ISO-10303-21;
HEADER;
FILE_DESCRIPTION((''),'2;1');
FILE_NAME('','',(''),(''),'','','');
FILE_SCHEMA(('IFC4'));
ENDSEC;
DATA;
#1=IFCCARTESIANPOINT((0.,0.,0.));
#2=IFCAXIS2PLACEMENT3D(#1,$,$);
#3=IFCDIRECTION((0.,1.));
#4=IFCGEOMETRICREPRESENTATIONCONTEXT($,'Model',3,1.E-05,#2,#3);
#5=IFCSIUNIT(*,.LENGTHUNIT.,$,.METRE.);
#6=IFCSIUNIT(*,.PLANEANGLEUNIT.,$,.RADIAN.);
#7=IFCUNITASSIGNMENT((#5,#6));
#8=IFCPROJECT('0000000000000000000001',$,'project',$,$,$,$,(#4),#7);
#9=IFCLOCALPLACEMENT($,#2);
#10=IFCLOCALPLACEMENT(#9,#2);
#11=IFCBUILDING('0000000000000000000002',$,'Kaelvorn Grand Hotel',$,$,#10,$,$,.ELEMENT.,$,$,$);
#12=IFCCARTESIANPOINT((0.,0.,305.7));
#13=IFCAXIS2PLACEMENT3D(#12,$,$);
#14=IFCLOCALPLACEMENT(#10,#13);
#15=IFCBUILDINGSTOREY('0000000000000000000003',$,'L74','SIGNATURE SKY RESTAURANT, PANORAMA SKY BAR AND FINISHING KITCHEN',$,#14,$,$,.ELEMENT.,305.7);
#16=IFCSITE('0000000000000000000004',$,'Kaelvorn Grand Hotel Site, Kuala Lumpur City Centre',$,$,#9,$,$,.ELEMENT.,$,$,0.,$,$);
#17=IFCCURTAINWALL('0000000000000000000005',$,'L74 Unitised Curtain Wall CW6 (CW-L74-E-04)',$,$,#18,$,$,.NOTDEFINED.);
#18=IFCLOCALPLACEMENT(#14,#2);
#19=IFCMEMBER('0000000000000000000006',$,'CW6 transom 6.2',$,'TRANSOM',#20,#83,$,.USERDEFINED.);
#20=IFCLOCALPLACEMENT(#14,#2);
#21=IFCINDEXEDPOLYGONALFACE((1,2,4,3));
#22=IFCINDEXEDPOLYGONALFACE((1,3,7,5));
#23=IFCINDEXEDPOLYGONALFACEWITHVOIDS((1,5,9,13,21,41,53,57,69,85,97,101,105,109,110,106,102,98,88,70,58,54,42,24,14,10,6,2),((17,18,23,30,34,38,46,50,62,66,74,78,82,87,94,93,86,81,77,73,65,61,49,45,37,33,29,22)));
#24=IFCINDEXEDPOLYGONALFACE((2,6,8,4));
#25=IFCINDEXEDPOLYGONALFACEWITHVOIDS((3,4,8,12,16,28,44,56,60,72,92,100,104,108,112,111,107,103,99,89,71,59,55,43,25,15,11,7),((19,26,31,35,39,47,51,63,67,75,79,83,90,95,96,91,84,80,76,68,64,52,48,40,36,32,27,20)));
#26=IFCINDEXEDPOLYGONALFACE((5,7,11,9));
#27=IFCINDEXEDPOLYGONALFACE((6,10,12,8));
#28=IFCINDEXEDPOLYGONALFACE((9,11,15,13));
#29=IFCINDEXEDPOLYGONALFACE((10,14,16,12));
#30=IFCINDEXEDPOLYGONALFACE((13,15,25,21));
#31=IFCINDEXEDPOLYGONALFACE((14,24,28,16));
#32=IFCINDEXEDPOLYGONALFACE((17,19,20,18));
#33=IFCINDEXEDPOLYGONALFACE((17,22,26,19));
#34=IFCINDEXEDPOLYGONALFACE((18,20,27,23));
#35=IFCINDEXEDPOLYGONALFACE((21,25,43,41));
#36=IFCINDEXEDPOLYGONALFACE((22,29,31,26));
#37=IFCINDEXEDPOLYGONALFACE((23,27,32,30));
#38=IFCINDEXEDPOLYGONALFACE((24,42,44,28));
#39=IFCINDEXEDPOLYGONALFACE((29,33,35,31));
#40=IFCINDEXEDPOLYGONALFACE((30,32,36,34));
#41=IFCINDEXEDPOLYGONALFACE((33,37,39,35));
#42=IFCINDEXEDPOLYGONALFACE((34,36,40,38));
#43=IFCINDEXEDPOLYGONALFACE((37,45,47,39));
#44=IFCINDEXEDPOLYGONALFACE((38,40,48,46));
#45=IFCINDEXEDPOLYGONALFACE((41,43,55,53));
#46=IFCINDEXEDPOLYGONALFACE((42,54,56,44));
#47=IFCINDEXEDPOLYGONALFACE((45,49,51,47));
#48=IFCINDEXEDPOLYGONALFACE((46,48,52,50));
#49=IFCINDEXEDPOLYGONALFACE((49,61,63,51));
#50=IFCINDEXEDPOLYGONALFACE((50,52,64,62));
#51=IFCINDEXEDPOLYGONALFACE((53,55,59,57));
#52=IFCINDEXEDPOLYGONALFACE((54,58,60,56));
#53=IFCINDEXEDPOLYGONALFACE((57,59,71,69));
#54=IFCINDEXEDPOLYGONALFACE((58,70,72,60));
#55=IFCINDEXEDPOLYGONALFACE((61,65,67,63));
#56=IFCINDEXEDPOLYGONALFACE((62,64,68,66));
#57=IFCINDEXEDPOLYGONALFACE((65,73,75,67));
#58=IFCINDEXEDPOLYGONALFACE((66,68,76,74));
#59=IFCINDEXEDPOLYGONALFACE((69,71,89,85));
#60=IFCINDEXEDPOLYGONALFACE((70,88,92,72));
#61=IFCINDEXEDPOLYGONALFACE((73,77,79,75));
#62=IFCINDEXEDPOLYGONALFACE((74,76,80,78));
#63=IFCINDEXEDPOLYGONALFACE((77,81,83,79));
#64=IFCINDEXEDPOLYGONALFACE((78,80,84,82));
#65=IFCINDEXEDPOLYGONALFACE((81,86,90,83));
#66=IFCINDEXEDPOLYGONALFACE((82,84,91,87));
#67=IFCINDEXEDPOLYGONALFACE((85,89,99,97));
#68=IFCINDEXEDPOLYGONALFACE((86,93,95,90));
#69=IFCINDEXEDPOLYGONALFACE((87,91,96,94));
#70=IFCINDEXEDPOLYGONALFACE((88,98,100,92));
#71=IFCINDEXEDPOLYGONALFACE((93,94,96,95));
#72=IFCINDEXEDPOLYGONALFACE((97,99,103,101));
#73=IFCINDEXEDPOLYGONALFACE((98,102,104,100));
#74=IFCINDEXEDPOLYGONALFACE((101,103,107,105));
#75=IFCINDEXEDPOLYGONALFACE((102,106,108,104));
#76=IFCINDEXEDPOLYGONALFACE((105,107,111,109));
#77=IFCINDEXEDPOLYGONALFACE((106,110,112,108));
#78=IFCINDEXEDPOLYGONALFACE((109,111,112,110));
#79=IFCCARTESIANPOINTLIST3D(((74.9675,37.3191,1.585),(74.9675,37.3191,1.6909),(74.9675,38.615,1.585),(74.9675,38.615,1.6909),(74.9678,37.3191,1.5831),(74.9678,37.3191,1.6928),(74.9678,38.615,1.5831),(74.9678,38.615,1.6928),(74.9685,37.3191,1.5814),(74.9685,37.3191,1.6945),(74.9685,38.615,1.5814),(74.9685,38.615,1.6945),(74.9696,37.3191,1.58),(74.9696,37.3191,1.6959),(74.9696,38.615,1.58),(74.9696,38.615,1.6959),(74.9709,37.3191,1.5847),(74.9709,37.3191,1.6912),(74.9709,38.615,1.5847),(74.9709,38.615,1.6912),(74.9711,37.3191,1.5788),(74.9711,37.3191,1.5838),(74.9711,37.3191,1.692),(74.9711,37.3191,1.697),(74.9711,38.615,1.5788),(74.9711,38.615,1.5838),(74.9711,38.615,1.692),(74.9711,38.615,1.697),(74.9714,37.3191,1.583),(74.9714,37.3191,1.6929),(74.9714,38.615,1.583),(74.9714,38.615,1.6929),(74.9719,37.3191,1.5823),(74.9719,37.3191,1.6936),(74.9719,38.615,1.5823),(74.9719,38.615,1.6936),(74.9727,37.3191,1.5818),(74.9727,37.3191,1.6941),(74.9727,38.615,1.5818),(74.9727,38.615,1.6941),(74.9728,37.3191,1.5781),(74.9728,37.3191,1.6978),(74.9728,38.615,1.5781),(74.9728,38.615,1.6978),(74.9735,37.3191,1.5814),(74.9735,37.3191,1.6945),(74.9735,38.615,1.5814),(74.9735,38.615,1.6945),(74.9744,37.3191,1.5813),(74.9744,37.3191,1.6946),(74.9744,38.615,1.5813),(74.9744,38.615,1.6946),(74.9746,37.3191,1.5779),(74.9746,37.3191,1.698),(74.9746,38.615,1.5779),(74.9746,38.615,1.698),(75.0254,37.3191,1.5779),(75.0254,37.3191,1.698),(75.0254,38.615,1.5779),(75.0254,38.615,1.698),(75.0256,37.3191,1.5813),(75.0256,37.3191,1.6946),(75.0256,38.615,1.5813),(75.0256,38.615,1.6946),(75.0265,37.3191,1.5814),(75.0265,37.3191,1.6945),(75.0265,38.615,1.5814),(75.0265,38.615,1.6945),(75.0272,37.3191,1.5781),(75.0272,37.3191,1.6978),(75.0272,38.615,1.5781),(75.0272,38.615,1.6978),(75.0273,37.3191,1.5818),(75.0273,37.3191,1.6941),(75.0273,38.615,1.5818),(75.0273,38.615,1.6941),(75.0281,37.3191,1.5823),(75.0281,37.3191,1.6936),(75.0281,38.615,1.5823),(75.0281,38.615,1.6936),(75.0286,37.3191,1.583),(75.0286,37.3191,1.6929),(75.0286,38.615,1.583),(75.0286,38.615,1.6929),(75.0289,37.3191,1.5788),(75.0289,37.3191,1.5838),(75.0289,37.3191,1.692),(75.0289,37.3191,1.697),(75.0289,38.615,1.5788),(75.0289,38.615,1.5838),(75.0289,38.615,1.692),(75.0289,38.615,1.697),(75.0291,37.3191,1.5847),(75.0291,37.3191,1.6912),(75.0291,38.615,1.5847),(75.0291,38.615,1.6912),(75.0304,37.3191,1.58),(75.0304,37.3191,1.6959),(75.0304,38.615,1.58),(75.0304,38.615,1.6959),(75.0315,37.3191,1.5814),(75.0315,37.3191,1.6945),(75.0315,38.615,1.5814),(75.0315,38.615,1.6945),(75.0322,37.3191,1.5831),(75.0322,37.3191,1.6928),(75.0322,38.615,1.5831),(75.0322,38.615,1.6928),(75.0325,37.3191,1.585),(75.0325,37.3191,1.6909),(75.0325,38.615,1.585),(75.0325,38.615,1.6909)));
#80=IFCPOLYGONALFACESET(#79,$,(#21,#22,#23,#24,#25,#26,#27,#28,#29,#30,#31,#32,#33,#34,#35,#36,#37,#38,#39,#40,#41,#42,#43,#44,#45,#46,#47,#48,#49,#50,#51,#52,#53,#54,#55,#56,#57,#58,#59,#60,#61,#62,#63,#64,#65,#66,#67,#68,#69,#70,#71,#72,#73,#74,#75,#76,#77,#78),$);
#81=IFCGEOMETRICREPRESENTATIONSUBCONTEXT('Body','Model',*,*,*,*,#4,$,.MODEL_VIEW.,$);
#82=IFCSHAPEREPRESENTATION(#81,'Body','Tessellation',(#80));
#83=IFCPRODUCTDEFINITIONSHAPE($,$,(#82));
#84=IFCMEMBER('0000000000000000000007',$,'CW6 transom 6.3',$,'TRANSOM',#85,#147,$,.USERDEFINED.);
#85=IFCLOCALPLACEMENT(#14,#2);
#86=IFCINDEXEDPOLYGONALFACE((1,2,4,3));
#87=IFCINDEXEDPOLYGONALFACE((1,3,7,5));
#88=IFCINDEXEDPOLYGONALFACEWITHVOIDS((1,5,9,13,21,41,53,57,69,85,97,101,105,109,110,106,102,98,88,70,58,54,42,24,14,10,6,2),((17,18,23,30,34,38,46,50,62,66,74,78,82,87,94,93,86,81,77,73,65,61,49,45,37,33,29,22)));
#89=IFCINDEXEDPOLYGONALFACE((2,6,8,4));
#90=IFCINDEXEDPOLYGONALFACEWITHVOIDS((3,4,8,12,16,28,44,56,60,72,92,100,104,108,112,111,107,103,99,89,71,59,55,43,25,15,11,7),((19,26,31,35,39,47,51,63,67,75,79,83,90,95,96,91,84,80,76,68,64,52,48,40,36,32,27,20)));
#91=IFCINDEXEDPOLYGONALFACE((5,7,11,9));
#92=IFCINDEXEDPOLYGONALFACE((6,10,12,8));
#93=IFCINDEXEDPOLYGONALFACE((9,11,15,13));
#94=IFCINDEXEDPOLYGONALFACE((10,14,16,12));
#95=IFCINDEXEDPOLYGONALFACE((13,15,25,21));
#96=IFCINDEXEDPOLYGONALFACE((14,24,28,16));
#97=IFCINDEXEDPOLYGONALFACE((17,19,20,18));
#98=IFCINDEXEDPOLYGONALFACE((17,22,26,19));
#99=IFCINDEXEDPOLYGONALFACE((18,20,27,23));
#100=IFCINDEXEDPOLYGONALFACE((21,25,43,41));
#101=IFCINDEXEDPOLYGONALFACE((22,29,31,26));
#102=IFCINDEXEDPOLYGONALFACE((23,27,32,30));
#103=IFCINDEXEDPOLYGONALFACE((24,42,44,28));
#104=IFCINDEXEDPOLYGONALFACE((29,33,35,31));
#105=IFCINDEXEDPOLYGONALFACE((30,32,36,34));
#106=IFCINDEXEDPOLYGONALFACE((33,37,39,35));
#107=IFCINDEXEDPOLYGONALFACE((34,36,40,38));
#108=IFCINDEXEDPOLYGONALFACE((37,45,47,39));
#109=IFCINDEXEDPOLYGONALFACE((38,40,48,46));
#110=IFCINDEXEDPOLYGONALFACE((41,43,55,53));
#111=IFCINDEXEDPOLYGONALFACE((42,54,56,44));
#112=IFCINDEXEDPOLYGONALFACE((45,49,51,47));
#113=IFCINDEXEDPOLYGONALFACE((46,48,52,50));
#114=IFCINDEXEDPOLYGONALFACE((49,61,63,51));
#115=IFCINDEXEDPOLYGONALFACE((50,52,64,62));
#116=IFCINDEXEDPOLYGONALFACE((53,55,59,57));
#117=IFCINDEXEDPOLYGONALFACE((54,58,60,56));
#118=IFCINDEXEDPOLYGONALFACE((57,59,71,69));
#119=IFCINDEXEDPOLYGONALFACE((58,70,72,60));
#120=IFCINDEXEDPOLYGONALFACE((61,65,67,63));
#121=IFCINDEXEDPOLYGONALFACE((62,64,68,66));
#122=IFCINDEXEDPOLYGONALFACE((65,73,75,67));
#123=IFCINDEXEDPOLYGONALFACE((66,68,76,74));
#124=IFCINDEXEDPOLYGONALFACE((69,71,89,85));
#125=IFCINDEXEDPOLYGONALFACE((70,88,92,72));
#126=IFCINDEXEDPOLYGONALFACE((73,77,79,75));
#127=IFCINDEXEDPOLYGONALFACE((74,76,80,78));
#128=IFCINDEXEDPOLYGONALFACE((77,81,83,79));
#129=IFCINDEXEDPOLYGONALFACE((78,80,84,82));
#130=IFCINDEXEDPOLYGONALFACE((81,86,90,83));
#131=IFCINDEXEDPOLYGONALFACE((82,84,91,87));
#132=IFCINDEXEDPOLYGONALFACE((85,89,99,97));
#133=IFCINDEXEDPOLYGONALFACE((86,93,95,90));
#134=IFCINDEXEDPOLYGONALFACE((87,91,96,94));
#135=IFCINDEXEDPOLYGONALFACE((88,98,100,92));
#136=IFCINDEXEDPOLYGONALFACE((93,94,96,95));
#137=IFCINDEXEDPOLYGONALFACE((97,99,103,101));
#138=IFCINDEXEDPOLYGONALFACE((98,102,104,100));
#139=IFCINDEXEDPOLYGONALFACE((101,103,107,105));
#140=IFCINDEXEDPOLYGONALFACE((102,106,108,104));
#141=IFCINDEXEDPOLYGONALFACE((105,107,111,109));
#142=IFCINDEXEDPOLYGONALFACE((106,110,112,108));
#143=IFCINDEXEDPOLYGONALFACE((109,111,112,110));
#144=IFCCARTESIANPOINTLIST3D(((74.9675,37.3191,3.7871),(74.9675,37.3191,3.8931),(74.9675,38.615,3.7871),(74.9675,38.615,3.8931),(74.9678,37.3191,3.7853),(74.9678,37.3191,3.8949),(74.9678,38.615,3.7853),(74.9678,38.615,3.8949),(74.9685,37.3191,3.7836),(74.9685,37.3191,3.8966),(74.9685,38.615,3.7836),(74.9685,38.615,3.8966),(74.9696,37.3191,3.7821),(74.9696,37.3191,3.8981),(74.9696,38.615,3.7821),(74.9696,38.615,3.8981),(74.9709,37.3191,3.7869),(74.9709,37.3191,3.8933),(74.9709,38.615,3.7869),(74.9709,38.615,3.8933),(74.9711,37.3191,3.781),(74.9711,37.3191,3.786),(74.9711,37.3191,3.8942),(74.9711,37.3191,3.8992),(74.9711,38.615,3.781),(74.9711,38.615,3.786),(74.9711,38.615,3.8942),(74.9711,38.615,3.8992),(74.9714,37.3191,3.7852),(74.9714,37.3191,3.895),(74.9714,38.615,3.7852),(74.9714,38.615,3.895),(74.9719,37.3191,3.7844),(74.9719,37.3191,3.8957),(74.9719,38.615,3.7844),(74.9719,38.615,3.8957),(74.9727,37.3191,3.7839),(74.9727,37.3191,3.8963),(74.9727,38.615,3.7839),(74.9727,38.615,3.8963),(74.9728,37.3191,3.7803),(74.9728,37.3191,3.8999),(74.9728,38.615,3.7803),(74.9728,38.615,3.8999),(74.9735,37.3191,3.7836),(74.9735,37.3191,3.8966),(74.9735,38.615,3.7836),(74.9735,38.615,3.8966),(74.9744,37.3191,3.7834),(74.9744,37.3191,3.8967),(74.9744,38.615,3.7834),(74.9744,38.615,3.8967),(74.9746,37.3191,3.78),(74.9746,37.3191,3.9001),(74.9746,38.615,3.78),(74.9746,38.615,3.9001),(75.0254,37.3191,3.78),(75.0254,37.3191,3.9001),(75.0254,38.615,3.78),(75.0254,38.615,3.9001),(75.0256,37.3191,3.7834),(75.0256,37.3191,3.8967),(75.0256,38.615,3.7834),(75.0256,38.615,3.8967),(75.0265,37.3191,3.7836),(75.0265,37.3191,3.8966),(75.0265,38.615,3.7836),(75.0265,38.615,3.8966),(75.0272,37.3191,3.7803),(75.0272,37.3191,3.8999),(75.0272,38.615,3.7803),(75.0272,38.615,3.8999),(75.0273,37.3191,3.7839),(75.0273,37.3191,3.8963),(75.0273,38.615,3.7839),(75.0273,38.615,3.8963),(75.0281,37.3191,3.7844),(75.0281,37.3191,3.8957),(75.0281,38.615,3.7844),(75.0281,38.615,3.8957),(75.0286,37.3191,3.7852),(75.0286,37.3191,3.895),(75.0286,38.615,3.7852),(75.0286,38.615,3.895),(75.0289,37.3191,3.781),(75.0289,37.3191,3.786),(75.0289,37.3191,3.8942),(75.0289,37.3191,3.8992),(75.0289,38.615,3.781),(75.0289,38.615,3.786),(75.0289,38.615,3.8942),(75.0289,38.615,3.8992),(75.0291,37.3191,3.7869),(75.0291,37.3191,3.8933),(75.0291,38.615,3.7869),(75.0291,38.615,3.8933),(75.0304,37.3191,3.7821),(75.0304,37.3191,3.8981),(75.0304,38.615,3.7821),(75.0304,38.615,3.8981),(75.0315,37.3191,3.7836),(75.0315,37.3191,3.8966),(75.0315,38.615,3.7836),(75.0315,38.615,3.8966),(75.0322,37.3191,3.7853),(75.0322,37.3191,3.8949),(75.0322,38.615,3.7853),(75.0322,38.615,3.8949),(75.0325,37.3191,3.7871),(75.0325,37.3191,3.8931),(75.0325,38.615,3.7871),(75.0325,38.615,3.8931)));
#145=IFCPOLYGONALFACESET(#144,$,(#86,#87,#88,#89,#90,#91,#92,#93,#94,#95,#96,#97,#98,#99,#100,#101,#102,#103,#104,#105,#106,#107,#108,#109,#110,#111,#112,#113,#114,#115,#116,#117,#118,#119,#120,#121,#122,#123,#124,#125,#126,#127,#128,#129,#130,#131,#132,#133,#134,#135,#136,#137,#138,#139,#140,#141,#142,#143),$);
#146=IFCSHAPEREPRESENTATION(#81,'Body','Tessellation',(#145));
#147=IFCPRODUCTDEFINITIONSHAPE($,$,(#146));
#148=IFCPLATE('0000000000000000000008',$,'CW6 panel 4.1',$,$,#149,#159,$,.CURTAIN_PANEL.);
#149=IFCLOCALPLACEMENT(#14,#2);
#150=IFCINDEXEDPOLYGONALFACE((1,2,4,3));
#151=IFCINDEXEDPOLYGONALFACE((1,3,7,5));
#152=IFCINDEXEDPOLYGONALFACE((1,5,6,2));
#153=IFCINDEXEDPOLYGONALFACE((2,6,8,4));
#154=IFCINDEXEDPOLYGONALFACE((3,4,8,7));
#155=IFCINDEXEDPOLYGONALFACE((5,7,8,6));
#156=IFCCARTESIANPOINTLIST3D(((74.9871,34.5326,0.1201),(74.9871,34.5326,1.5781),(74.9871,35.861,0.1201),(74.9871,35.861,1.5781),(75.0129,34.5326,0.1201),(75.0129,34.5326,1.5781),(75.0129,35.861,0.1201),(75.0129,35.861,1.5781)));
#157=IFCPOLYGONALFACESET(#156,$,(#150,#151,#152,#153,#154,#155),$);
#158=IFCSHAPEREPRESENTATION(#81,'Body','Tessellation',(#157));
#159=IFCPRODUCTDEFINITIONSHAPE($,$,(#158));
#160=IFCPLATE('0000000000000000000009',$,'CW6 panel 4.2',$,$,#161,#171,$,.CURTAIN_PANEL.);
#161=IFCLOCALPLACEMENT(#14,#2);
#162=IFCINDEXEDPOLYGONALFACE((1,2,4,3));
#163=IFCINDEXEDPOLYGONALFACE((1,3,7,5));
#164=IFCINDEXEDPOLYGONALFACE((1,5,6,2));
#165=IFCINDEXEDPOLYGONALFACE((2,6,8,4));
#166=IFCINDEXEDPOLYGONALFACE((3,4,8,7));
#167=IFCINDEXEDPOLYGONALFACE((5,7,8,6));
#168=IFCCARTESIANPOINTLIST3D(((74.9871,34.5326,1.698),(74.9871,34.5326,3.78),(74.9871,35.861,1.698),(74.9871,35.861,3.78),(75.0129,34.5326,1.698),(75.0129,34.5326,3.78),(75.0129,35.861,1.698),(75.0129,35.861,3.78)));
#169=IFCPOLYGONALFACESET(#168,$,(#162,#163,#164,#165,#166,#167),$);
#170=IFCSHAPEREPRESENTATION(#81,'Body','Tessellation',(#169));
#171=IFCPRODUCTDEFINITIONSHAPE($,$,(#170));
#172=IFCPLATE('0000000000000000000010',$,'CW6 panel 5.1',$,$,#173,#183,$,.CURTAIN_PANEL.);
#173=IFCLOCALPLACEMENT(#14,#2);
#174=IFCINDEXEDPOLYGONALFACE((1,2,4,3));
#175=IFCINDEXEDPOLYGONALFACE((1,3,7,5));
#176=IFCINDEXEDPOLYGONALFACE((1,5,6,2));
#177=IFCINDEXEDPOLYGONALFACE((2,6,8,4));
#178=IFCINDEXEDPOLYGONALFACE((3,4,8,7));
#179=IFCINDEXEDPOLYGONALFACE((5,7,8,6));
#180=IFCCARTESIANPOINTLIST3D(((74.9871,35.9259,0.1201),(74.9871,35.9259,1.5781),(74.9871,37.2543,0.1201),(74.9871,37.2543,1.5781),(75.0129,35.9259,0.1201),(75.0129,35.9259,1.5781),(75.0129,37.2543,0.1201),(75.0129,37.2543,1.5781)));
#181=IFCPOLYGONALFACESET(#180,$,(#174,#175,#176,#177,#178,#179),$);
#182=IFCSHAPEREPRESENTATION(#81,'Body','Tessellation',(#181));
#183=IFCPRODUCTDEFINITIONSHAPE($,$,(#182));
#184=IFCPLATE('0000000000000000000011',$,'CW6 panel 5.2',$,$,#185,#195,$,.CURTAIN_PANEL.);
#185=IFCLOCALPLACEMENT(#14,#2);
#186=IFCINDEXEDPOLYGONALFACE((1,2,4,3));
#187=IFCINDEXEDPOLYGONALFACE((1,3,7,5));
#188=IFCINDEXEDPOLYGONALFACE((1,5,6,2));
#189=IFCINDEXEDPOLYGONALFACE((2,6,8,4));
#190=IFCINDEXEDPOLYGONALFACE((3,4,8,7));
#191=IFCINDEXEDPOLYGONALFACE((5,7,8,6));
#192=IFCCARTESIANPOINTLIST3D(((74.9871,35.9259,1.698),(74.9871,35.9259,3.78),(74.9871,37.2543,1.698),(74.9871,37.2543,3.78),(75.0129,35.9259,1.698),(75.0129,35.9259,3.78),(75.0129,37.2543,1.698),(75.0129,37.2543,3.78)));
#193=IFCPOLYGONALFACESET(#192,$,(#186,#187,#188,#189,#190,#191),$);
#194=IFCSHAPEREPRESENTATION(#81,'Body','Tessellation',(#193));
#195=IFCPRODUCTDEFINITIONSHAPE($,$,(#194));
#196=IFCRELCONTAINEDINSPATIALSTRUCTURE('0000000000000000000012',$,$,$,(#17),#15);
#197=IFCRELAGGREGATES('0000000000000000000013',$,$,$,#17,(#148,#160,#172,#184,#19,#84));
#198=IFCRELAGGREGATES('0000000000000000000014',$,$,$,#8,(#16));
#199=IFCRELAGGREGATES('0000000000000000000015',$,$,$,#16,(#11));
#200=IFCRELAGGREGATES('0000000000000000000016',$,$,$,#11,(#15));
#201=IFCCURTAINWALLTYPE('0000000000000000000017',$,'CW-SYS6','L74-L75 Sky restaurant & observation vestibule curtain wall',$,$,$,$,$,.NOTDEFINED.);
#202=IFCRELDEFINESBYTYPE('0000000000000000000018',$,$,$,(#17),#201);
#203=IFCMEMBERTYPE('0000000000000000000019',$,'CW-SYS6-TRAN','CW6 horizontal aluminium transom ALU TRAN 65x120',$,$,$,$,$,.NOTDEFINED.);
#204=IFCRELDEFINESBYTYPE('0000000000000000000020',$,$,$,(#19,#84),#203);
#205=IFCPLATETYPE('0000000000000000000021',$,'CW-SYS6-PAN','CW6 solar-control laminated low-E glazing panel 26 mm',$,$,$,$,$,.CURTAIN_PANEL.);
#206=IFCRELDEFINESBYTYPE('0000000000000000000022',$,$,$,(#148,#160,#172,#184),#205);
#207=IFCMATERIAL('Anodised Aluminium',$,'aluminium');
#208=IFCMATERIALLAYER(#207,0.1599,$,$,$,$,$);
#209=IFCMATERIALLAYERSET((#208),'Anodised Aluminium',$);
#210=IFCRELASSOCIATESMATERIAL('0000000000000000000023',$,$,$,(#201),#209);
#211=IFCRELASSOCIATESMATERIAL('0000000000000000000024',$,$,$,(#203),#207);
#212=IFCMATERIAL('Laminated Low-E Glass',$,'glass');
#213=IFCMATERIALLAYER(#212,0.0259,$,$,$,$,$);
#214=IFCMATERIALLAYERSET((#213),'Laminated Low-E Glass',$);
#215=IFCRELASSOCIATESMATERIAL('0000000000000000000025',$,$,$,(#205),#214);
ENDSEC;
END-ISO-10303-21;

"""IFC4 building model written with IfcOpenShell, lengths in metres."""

from ifc_helpers import new_model, si_unit, direction, frame, origin, origin_2d, place, context, subcontext, project, spatial, rectangle, hollow_rectangle, extrude, material, layer, layer_set, material_profile, profile_set, type_object, element, aggregate, save


model = new_model("IFC4")

# Units and contexts
model_context = context("Model", 3, precision=1e-05, world=origin(), true_north=direction((0.0, 1.0)))
body_context = subcontext(model_context, "Body", "Model", "MODEL_VIEW")
ifc_project = project(units=[si_unit("LENGTHUNIT", "METRE"), si_unit("PLANEANGLEUNIT", "RADIAN")], contexts=[model_context])

# Site, building, storey
site_placement = place(None, origin())
site = spatial("IfcSite", under=ifc_project, at=site_placement, Name="Kaelvorn Grand Hotel Site, Kuala Lumpur City Centre", CompositionType="ELEMENT", RefElevation=0.0)
building_placement = place(site_placement, origin())
building = spatial("IfcBuilding", under=site, at=building_placement, Name="Kaelvorn Grand Hotel", CompositionType="ELEMENT")
storey_placement = place(building_placement, frame((0.0, 0.0, 305.7)))
storey = spatial("IfcBuildingStorey", under=building, at=storey_placement, Name="L74", Description="SIGNATURE SKY RESTAURANT, PANORAMA SKY BAR AND FINISHING KITCHEN", CompositionType="ELEMENT", Elevation=305.7)

# Curtain wall
ifc_material_1 = material(Name="Anodised Aluminium", Category="aluminium")
ifc_layer_1 = layer(ifc_material_1, 0.1599)
ifc_layer_set_1 = layer_set([ifc_layer_1], Name="Anodised Aluminium")
curtain_wall_type = type_object("IfcCurtainWallType", Name="CW-SYS6", Description="L74-L75 Sky restaurant & observation vestibule curtain wall", PredefinedType="NOTDEFINED", material=ifc_layer_set_1)
curtain_wall_1_placement = place(storey_placement, origin())
curtain_wall_1 = element("IfcCurtainWall", 1, at=curtain_wall_1_placement, inside=storey, type_object=curtain_wall_type, Name="L74 Unitised Curtain Wall CW6 (CW-L74-E-04)", PredefinedType="NOTDEFINED")

# Members
ifc_material_profile_1 = material_profile(ifc_material_1, hollow_rectangle(XDim=0.0649, YDim=0.1201, WallThickness=0.0034, InnerFilletRadius=0.0034, OuterFilletRadius=0.0071, at=origin_2d()), Name="ALU TRAN 65x120")
ifc_profile_set_1 = profile_set([ifc_material_profile_1], Name="Anodised Aluminium")
member_type_1 = type_object("IfcMemberType", Name="CW-SYS6-TRAN", Description="CW6 horizontal aluminium transom ALU TRAN 65x120", PredefinedType="NOTDEFINED", material=ifc_profile_set_1)
member_1_placement = place(storey_placement, frame((75.0, 37.3191, 1.6379), z_axis=(0.0, 1.0, 0.0), x_axis=(-1.0, 0.0, 0.0)))
member_1 = element("IfcMember", 2, at=member_1_placement, type_object=member_type_1, Name="CW6 transom 6.2", ObjectType="TRANSOM", PredefinedType="USERDEFINED", context=body_context, shape_type="SweptSolid", body=[
    extrude(hollow_rectangle(XDim=0.0649, YDim=0.1201, WallThickness=0.0034, InnerFilletRadius=0.0034, OuterFilletRadius=0.0071, at=origin_2d()), origin(), (0.0, 0.0, 1.0), 1.2959),
])
member_2_placement = place(storey_placement, frame((75.0, 37.3191, 3.8401), z_axis=(0.0, 1.0, 0.0), x_axis=(-1.0, 0.0, 0.0)))
member_2 = element("IfcMember", 3, at=member_2_placement, type_object=member_type_1, Name="CW6 transom 6.3", ObjectType="TRANSOM", PredefinedType="USERDEFINED", context=body_context, shape_type="SweptSolid", body=[
    extrude(hollow_rectangle(XDim=0.0649, YDim=0.1201, WallThickness=0.0034, InnerFilletRadius=0.0034, OuterFilletRadius=0.0071, at=origin_2d()), origin(), (0.0, 0.0, 1.0), 1.2959),
])

# Plates
ifc_material_2 = material(Name="Laminated Low-E Glass", Category="glass")
ifc_layer_2 = layer(ifc_material_2, 0.0259)
ifc_layer_set_2 = layer_set([ifc_layer_2], Name="Laminated Low-E Glass")
plate_type = type_object("IfcPlateType", Name="CW-SYS6-PAN", Description="CW6 solar-control laminated low-E glazing panel 26 mm", PredefinedType="CURTAIN_PANEL", material=ifc_layer_set_2)
plate_1_placement = place(storey_placement, frame((75.0, 35.1968, 0.1201), z_axis=(0.0, 0.0, 1.0), x_axis=(0.0, 1.0, 0.0)))
plate_1 = element("IfcPlate", 4, at=plate_1_placement, type_object=plate_type, Name="CW6 panel 4.1", PredefinedType="CURTAIN_PANEL", context=body_context, shape_type="SweptSolid", body=[
    extrude(rectangle(XDim=1.3284, YDim=0.0259, at=origin_2d()), origin(), (0.0, 0.0, 1.0), 1.458),
])
plate_2_placement = place(storey_placement, frame((75.0, 35.1968, 1.698), z_axis=(0.0, 0.0, 1.0), x_axis=(0.0, 1.0, 0.0)))
plate_2 = element("IfcPlate", 5, at=plate_2_placement, type_object=plate_type, Name="CW6 panel 4.2", PredefinedType="CURTAIN_PANEL", context=body_context, shape_type="SweptSolid", body=[
    extrude(rectangle(XDim=1.3284, YDim=0.0259, at=origin_2d()), origin(), (0.0, 0.0, 1.0), 2.082),
])
plate_3_placement = place(storey_placement, frame((75.0, 36.5901, 0.1201), z_axis=(0.0, 0.0, 1.0), x_axis=(0.0, 1.0, 0.0)))
plate_3 = element("IfcPlate", 6, at=plate_3_placement, type_object=plate_type, Name="CW6 panel 5.1", PredefinedType="CURTAIN_PANEL", context=body_context, shape_type="SweptSolid", body=[
    extrude(rectangle(XDim=1.3284, YDim=0.0259, at=origin_2d()), origin(), (0.0, 0.0, 1.0), 1.458),
])
plate_4_placement = place(storey_placement, frame((75.0, 36.5901, 1.698), z_axis=(0.0, 0.0, 1.0), x_axis=(0.0, 1.0, 0.0)))
plate_4 = element("IfcPlate", 7, at=plate_4_placement, type_object=plate_type, Name="CW6 panel 5.2", PredefinedType="CURTAIN_PANEL", context=body_context, shape_type="SweptSolid", body=[
    extrude(rectangle(XDim=1.3284, YDim=0.0259, at=origin_2d()), origin(), (0.0, 0.0, 1.0), 2.082),
])
aggregate(curtain_wall_1, [plate_1, plate_2, plate_3, plate_4, member_1, member_2])

save(model, "model.ifc")
